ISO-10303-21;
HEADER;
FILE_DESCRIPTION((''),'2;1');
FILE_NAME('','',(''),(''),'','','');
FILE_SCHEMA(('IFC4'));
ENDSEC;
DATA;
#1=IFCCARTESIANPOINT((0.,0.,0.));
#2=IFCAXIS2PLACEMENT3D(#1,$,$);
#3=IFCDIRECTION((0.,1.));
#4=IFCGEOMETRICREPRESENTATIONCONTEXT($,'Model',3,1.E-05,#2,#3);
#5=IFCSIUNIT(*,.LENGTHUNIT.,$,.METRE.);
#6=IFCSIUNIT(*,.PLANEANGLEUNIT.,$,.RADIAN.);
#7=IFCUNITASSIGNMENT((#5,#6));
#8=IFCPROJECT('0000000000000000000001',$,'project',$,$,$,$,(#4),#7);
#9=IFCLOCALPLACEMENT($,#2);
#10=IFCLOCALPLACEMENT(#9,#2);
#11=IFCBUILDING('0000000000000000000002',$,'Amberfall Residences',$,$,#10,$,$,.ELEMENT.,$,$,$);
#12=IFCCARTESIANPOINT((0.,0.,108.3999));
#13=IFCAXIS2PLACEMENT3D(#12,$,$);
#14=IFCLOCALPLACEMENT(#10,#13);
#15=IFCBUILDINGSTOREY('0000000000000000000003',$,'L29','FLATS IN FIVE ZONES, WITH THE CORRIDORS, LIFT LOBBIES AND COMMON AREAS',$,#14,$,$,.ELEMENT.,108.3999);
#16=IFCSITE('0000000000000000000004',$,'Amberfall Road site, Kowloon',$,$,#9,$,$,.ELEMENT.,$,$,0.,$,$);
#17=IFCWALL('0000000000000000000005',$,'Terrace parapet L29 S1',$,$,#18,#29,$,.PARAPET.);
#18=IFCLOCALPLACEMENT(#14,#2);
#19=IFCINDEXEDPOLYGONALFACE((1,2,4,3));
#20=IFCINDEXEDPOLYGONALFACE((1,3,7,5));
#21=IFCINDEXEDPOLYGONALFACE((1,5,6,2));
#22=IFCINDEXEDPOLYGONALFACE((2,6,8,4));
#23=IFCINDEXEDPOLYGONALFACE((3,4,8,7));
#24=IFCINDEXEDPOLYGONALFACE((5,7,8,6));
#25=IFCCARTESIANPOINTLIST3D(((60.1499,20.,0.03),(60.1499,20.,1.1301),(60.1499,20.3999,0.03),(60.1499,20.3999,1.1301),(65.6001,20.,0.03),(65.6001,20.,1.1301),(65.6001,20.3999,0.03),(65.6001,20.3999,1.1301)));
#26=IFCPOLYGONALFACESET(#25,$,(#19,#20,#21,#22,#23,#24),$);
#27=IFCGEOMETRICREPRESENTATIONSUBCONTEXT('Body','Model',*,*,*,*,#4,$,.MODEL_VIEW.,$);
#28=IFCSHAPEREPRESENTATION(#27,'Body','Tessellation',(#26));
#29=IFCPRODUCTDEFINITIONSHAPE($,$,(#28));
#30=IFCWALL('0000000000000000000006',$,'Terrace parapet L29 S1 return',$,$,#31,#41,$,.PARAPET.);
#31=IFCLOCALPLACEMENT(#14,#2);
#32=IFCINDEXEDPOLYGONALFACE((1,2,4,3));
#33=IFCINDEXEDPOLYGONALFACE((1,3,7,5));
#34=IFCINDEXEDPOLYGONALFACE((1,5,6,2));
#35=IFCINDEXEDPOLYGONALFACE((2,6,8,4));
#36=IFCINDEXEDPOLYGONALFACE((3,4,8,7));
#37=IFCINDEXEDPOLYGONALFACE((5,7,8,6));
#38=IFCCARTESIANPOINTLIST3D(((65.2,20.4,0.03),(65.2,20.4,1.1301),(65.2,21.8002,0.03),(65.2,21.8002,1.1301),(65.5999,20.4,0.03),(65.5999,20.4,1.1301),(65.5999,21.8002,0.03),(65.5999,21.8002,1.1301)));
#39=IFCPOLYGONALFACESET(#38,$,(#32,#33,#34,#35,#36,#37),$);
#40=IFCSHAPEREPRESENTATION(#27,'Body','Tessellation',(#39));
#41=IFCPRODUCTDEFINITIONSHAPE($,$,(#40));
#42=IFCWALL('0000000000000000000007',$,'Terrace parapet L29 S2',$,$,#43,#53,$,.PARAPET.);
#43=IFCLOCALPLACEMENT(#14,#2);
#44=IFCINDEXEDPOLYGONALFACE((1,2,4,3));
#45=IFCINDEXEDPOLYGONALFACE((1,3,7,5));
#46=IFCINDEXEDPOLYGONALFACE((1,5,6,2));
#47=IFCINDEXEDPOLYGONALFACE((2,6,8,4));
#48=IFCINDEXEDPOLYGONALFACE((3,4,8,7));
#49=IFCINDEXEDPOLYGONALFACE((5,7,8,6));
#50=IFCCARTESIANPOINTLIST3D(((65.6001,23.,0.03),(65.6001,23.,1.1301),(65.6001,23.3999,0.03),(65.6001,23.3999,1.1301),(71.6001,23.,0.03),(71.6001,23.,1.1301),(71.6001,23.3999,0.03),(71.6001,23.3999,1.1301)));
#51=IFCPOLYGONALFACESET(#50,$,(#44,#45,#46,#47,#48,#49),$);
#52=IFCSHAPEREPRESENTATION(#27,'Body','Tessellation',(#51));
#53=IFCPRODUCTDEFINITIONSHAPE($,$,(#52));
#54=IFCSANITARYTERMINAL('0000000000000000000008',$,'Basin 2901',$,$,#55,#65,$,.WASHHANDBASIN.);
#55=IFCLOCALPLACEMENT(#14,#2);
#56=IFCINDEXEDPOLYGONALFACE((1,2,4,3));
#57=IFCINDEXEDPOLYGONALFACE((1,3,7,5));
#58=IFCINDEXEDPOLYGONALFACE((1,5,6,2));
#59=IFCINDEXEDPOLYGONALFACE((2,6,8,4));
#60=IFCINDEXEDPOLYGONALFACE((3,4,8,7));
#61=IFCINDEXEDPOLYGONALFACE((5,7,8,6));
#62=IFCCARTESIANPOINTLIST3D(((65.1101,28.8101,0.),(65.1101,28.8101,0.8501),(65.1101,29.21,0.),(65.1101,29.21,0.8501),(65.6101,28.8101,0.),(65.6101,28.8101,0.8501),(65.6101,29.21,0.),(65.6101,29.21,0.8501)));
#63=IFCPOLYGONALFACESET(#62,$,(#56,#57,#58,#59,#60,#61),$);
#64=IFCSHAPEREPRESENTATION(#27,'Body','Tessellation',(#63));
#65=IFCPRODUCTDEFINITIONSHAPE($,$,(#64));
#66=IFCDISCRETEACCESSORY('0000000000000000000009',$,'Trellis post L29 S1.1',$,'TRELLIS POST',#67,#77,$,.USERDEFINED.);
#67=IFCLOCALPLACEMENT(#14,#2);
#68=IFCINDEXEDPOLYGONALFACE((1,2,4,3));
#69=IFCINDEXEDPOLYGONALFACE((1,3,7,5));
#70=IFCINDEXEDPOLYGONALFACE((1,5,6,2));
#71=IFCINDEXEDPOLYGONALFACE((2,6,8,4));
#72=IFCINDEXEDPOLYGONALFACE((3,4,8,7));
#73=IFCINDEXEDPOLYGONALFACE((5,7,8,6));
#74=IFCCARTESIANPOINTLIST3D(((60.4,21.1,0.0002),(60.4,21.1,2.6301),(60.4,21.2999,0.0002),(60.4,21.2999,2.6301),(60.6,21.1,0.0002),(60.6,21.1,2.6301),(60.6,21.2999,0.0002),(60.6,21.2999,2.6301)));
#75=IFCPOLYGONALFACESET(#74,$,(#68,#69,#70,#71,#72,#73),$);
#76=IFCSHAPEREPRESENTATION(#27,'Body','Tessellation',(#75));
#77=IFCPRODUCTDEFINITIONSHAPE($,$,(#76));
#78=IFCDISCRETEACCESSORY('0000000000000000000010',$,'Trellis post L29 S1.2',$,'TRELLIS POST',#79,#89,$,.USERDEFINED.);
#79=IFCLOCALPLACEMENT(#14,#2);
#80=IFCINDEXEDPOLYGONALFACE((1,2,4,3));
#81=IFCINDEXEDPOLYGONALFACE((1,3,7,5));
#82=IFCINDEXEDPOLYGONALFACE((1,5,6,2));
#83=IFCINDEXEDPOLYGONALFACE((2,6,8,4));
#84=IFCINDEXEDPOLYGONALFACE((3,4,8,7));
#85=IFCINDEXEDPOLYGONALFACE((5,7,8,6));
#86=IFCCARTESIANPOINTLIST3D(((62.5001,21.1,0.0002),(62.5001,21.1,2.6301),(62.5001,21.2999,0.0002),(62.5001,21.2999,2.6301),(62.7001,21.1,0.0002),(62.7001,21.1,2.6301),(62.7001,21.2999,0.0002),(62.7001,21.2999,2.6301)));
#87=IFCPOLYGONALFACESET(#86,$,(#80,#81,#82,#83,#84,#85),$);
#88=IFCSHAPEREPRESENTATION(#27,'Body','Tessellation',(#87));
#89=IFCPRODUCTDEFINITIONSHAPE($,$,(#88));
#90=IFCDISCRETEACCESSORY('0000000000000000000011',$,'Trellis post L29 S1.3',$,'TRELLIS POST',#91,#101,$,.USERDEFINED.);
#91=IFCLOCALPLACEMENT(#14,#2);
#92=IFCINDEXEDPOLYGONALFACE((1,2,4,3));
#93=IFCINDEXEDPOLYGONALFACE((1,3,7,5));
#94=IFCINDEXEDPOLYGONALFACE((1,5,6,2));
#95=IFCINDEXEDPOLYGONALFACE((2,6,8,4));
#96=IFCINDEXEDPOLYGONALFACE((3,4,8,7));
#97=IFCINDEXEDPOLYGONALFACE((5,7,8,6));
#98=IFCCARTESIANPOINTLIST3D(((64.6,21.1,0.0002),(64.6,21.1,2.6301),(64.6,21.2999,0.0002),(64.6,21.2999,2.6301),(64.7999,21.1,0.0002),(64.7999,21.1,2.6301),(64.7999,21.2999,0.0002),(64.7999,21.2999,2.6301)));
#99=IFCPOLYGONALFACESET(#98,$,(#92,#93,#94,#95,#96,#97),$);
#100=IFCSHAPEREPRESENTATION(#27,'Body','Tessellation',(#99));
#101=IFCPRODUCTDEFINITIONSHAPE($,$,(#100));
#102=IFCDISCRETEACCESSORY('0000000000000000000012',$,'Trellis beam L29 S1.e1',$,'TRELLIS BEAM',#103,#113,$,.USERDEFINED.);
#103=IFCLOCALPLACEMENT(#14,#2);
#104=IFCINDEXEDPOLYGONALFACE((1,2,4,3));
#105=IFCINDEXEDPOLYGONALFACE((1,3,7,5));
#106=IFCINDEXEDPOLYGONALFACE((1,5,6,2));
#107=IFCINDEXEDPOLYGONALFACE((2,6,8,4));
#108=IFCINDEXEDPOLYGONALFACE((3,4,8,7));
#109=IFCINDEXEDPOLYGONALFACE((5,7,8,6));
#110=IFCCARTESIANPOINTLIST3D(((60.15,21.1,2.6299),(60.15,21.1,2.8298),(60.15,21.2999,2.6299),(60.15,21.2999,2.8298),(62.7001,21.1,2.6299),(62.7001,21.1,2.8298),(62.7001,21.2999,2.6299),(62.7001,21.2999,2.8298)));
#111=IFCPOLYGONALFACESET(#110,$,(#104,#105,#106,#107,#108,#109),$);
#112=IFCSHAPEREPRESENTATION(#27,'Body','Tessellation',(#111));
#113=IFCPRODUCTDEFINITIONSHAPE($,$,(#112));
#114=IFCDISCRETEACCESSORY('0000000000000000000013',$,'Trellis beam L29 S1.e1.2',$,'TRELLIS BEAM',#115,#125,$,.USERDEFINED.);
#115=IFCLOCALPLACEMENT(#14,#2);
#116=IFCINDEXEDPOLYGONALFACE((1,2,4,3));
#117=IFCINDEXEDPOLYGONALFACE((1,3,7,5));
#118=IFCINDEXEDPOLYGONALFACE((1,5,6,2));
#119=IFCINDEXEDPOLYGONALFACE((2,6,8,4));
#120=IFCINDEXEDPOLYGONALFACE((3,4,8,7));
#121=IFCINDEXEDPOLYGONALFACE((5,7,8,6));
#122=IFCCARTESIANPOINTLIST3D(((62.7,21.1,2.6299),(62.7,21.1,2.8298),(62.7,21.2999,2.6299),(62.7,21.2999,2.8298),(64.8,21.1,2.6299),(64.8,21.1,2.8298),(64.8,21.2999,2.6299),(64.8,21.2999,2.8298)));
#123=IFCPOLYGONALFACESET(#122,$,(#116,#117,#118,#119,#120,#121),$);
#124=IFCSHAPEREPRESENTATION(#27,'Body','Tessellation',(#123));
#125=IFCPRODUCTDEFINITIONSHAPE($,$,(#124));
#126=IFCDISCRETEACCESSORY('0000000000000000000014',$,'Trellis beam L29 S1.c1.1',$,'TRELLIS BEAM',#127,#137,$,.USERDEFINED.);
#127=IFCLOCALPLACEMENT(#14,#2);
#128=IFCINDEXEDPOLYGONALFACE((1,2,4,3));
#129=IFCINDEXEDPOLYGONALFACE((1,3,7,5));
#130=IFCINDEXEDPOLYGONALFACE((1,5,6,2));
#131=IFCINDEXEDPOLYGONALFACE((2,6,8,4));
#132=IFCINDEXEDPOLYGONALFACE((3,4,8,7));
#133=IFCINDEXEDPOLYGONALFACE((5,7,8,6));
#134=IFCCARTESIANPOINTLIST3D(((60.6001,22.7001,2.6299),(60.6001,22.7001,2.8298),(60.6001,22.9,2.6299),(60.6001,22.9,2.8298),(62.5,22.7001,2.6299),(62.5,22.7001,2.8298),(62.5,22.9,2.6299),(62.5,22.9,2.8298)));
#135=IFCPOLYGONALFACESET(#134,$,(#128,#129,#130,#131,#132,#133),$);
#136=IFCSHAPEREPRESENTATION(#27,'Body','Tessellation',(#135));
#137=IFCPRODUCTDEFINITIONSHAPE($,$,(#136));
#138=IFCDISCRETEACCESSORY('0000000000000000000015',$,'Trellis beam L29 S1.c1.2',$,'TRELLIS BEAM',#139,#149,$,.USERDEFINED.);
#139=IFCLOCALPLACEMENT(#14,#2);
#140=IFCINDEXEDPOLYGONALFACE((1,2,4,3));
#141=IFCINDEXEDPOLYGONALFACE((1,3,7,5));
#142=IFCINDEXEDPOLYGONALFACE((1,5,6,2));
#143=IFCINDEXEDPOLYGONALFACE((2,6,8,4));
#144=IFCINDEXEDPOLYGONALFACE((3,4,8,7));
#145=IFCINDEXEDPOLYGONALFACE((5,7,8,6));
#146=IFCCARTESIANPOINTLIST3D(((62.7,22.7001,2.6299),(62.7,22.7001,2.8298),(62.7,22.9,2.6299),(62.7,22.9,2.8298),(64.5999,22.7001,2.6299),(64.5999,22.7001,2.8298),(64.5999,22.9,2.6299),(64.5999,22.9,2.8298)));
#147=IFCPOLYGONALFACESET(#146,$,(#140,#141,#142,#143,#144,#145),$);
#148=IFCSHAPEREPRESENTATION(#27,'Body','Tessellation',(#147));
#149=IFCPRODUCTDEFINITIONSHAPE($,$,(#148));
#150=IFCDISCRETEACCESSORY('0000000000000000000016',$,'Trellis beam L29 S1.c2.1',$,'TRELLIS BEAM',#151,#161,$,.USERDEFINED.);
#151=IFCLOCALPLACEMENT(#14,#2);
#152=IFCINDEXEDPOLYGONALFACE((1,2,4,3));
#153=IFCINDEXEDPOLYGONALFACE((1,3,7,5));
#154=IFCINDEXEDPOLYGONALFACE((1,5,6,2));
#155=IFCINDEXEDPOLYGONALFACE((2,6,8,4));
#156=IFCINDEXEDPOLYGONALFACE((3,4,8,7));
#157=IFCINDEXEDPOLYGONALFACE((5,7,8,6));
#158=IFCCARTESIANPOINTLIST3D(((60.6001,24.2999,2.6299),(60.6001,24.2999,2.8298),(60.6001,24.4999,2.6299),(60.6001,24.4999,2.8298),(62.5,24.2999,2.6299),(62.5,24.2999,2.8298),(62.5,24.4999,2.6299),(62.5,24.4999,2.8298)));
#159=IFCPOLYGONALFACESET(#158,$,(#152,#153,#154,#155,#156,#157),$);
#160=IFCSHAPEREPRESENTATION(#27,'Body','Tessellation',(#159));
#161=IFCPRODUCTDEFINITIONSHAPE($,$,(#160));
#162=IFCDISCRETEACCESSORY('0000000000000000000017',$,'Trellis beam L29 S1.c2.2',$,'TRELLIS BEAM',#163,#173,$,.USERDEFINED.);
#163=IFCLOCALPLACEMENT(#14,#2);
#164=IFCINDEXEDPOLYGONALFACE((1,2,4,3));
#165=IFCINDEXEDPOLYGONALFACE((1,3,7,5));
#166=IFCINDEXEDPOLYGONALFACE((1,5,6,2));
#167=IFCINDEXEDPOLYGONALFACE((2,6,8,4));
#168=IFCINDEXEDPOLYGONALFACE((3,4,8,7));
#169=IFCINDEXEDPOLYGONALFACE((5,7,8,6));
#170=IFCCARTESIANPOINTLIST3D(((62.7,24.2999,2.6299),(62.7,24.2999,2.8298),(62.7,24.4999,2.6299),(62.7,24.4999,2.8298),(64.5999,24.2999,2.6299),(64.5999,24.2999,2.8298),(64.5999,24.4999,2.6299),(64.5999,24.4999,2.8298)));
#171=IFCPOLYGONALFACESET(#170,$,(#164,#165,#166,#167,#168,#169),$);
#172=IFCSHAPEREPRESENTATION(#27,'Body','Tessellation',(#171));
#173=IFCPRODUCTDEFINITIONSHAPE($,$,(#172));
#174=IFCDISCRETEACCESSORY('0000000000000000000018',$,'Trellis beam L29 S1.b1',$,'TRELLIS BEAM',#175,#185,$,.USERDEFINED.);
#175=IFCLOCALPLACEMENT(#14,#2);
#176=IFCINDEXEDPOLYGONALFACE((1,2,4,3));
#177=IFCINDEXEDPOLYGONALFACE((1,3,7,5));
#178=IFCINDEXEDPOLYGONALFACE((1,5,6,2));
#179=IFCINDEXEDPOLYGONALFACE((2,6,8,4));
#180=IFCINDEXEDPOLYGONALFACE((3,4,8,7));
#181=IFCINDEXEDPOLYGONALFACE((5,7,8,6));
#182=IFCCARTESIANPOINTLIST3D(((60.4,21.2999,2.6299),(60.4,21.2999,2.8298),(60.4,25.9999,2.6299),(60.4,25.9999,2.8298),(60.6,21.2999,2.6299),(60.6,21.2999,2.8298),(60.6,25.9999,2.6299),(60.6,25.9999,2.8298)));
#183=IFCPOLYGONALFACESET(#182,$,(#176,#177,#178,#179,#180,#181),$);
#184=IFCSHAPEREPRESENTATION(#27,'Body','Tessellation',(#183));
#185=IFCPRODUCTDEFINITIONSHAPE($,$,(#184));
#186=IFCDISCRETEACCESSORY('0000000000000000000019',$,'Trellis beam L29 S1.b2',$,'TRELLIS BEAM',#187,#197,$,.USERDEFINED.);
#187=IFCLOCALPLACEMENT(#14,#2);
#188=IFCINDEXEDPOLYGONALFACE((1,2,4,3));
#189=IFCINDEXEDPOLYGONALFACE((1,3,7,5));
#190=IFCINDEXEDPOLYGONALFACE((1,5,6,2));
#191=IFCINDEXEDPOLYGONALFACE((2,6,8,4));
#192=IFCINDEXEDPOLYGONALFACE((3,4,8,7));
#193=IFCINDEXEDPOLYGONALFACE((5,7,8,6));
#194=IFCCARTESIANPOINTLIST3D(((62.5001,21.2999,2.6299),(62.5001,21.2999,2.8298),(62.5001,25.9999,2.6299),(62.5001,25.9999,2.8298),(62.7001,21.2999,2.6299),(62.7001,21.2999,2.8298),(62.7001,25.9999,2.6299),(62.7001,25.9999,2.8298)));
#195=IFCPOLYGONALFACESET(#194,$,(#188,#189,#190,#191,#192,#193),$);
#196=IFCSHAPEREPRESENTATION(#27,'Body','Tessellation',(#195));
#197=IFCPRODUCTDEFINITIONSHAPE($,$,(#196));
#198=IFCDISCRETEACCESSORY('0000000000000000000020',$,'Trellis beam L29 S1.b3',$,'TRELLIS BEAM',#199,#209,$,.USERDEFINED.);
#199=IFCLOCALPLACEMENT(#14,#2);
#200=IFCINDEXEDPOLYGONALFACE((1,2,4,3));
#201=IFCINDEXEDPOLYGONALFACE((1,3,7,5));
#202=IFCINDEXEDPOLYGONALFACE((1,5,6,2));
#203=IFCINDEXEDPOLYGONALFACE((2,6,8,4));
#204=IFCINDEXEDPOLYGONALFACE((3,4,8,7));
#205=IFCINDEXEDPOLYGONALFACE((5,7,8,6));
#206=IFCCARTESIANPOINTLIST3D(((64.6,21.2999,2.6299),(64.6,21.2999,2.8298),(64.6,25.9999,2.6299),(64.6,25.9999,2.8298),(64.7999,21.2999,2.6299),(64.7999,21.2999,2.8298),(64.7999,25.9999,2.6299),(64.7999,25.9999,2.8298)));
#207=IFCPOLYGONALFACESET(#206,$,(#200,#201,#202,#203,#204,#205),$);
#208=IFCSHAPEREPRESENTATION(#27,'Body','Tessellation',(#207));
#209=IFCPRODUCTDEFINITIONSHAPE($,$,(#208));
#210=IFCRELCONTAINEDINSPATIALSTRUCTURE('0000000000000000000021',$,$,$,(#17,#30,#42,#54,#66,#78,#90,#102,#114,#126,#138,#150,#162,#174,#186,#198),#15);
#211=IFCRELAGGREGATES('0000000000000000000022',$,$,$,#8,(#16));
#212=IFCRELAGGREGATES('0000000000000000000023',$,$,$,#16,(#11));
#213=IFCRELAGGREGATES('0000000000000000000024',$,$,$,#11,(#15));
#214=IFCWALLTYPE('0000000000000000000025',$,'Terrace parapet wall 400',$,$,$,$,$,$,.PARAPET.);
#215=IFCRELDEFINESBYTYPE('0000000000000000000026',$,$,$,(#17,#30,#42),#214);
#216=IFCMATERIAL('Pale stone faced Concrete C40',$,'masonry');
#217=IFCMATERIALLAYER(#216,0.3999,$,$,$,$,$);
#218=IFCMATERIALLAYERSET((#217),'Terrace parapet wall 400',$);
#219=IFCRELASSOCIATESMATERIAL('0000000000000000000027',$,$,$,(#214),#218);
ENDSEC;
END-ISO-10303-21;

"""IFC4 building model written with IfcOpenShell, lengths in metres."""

from ifc_helpers import new_model, si_unit, direction, frame, frame_2d, origin, origin_2d, place, context, subcontext, project, spatial, rectangle, extrude, material, layer, layer_set, type_object, element, save


model = new_model("IFC4")

# Units and contexts
model_context = context("Model", 3, precision=1e-05, world=origin(), true_north=direction((0.0, 1.0)))
body_context = subcontext(model_context, "Body", "Model", "MODEL_VIEW")
ifc_project = project(units=[si_unit("LENGTHUNIT", "METRE"), si_unit("PLANEANGLEUNIT", "RADIAN")], contexts=[model_context])

# Site, building, storey
site_placement = place(None, origin())
site = spatial("IfcSite", under=ifc_project, at=site_placement, Name="Amberfall Road site, Kowloon", CompositionType="ELEMENT", RefElevation=0.0)
building_placement = place(site_placement, origin())
building = spatial("IfcBuilding", under=site, at=building_placement, Name="Amberfall Residences", CompositionType="ELEMENT")
storey_placement = place(building_placement, frame((0.0, 0.0, 108.3999)))
storey = spatial("IfcBuildingStorey", under=building, at=storey_placement, Name="L29", Description="FLATS IN FIVE ZONES, WITH THE CORRIDORS, LIFT LOBBIES AND COMMON AREAS", CompositionType="ELEMENT", Elevation=108.3999)

# Walls
ifc_material_1 = material(Name="Pale stone faced Concrete C40", Category="masonry")
ifc_layer_1 = layer(ifc_material_1, 0.3999)
ifc_layer_set_1 = layer_set([ifc_layer_1], Name="Terrace parapet wall 400")
wall_type_1 = type_object("IfcWallType", Name="Terrace parapet wall 400", PredefinedType="PARAPET", material=ifc_layer_set_1)
wall_1_placement = place(storey_placement, frame((60.1499, 20.2, 0.03), z_axis=(0.0, 0.0, 1.0), x_axis=(1.0, 0.0, 0.0)))
element("IfcWall", 1, at=wall_1_placement, inside=storey, type_object=wall_type_1, Name="Terrace parapet L29 S1", PredefinedType="PARAPET", context=body_context, shape_type="SweptSolid", body=[
    extrude(rectangle(XDim=5.4502, YDim=0.3999, at=frame_2d((2.7251, 0.0))), origin(), (0.0, 0.0, 1.0), 1.1001),
])
wall_2_placement = place(storey_placement, frame((65.3999, 20.3999, 0.03), z_axis=(0.0, 0.0, 1.0), x_axis=(0.0, 1.0, 0.0)))
element("IfcWall", 2, at=wall_2_placement, inside=storey, type_object=wall_type_1, Name="Terrace parapet L29 S1 return", PredefinedType="PARAPET", context=body_context, shape_type="SweptSolid", body=[
    extrude(rectangle(XDim=1.4001, YDim=0.3999, at=frame_2d((0.7002, 0.0))), origin(), (0.0, 0.0, 1.0), 1.1001),
])
wall_3_placement = place(storey_placement, frame((65.6001, 23.2, 0.03), z_axis=(0.0, 0.0, 1.0), x_axis=(1.0, 0.0, 0.0)))
element("IfcWall", 3, at=wall_3_placement, inside=storey, type_object=wall_type_1, Name="Terrace parapet L29 S2", PredefinedType="PARAPET", context=body_context, shape_type="SweptSolid", body=[
    extrude(rectangle(XDim=6.0, YDim=0.3999, at=frame_2d((3.0, 0.0))), origin(), (0.0, 0.0, 1.0), 1.1001),
])

# Sanitary terminal
sanitary_terminal_placement = place(storey_placement, frame((65.3601, 29.01, 0.0), z_axis=(0.0, 0.0, 1.0), x_axis=(1.0, 0.0, 0.0)))
element("IfcSanitaryTerminal", 4, at=sanitary_terminal_placement, inside=storey, Name="Basin 2901", PredefinedType="WASHHANDBASIN", context=body_context, shape_type="SweptSolid", body=[
    extrude(rectangle(XDim=0.5, YDim=0.3999, at=origin_2d()), origin(), (0.0, 0.0, 1.0), 0.8501),
])

# Discrete accessories
for number, where, z_axis, x_axis, name in (
    (5, (60.5, 21.2, 0.0002), (0.0, 0.0, 1.0), (1.0, 0.0, 0.0), "Trellis post L29 S1.1"),
    (6, (62.6001, 21.2, 0.0002), (0.0, 0.0, 1.0), (1.0, 0.0, 0.0), "Trellis post L29 S1.2"),
    (7, (64.7, 21.2, 0.0002), (0.0, 0.0, 1.0), (1.0, 0.0, 0.0), "Trellis post L29 S1.3"),
):
    element("IfcDiscreteAccessory", number, at=place(storey_placement, frame(where, z_axis=z_axis, x_axis=x_axis)), inside=storey, Name=name, ObjectType="TRELLIS POST", PredefinedType="USERDEFINED", context=body_context, shape_type="SweptSolid", body=[
        extrude(rectangle(XDim=0.2, YDim=0.2, at=origin_2d()), origin(), (0.0, 0.0, 1.0), 2.6299),
    ])
discrete_accessory_1_placement = place(storey_placement, frame((61.425, 21.2, 2.6299), z_axis=(0.0, 0.0, 1.0), x_axis=(1.0, 0.0, 0.0)))
element("IfcDiscreteAccessory", 8, at=discrete_accessory_1_placement, inside=storey, Name="Trellis beam L29 S1.e1", ObjectType="TRELLIS BEAM", PredefinedType="USERDEFINED", context=body_context, shape_type="SweptSolid", body=[
    extrude(rectangle(XDim=2.55, YDim=0.2, at=origin_2d()), origin(), (0.0, 0.0, 1.0), 0.2),
])
discrete_accessory_2_placement = place(storey_placement, frame((63.75, 21.2, 2.6299), z_axis=(0.0, 0.0, 1.0), x_axis=(1.0, 0.0, 0.0)))
element("IfcDiscreteAccessory", 9, at=discrete_accessory_2_placement, inside=storey, Name="Trellis beam L29 S1.e1.2", ObjectType="TRELLIS BEAM", PredefinedType="USERDEFINED", context=body_context, shape_type="SweptSolid", body=[
    extrude(rectangle(XDim=2.1001, YDim=0.2, at=origin_2d()), origin(), (0.0, 0.0, 1.0), 0.2),
])
for number, where, z_axis, x_axis, name in (
    (10, (61.55, 22.8, 2.6299), (0.0, 0.0, 1.0), (1.0, 0.0, 0.0), "Trellis beam L29 S1.c1.1"),
    (11, (63.6499, 22.8, 2.6299), (0.0, 0.0, 1.0), (1.0, 0.0, 0.0), "Trellis beam L29 S1.c1.2"),
    (12, (61.55, 24.3999, 2.6299), (0.0, 0.0, 1.0), (1.0, 0.0, 0.0), "Trellis beam L29 S1.c2.1"),
    (13, (63.6499, 24.3999, 2.6299), (0.0, 0.0, 1.0), (1.0, 0.0, 0.0), "Trellis beam L29 S1.c2.2"),
):
    element("IfcDiscreteAccessory", number, at=place(storey_placement, frame(where, z_axis=z_axis, x_axis=x_axis)), inside=storey, Name=name, ObjectType="TRELLIS BEAM", PredefinedType="USERDEFINED", context=body_context, shape_type="SweptSolid", body=[
        extrude(rectangle(XDim=1.8999, YDim=0.2, at=origin_2d()), origin(), (0.0, 0.0, 1.0), 0.2),
    ])
for number, where, z_axis, x_axis, name in (
    (14, (60.5, 23.6499, 2.6299), (0.0, 0.0, 1.0), (0.0, 1.0, 0.0), "Trellis beam L29 S1.b1"),
    (15, (62.6001, 23.6499, 2.6299), (0.0, 0.0, 1.0), (0.0, 1.0, 0.0), "Trellis beam L29 S1.b2"),
    (16, (64.7, 23.6499, 2.6299), (0.0, 0.0, 1.0), (0.0, 1.0, 0.0), "Trellis beam L29 S1.b3"),
):
    element("IfcDiscreteAccessory", number, at=place(storey_placement, frame(where, z_axis=z_axis, x_axis=x_axis)), inside=storey, Name=name, ObjectType="TRELLIS BEAM", PredefinedType="USERDEFINED", context=body_context, shape_type="SweptSolid", body=[
        extrude(rectangle(XDim=4.7, YDim=0.2, at=origin_2d()), origin(), (0.0, 0.0, 1.0), 0.2),
    ])

save(model, "model.ifc")
